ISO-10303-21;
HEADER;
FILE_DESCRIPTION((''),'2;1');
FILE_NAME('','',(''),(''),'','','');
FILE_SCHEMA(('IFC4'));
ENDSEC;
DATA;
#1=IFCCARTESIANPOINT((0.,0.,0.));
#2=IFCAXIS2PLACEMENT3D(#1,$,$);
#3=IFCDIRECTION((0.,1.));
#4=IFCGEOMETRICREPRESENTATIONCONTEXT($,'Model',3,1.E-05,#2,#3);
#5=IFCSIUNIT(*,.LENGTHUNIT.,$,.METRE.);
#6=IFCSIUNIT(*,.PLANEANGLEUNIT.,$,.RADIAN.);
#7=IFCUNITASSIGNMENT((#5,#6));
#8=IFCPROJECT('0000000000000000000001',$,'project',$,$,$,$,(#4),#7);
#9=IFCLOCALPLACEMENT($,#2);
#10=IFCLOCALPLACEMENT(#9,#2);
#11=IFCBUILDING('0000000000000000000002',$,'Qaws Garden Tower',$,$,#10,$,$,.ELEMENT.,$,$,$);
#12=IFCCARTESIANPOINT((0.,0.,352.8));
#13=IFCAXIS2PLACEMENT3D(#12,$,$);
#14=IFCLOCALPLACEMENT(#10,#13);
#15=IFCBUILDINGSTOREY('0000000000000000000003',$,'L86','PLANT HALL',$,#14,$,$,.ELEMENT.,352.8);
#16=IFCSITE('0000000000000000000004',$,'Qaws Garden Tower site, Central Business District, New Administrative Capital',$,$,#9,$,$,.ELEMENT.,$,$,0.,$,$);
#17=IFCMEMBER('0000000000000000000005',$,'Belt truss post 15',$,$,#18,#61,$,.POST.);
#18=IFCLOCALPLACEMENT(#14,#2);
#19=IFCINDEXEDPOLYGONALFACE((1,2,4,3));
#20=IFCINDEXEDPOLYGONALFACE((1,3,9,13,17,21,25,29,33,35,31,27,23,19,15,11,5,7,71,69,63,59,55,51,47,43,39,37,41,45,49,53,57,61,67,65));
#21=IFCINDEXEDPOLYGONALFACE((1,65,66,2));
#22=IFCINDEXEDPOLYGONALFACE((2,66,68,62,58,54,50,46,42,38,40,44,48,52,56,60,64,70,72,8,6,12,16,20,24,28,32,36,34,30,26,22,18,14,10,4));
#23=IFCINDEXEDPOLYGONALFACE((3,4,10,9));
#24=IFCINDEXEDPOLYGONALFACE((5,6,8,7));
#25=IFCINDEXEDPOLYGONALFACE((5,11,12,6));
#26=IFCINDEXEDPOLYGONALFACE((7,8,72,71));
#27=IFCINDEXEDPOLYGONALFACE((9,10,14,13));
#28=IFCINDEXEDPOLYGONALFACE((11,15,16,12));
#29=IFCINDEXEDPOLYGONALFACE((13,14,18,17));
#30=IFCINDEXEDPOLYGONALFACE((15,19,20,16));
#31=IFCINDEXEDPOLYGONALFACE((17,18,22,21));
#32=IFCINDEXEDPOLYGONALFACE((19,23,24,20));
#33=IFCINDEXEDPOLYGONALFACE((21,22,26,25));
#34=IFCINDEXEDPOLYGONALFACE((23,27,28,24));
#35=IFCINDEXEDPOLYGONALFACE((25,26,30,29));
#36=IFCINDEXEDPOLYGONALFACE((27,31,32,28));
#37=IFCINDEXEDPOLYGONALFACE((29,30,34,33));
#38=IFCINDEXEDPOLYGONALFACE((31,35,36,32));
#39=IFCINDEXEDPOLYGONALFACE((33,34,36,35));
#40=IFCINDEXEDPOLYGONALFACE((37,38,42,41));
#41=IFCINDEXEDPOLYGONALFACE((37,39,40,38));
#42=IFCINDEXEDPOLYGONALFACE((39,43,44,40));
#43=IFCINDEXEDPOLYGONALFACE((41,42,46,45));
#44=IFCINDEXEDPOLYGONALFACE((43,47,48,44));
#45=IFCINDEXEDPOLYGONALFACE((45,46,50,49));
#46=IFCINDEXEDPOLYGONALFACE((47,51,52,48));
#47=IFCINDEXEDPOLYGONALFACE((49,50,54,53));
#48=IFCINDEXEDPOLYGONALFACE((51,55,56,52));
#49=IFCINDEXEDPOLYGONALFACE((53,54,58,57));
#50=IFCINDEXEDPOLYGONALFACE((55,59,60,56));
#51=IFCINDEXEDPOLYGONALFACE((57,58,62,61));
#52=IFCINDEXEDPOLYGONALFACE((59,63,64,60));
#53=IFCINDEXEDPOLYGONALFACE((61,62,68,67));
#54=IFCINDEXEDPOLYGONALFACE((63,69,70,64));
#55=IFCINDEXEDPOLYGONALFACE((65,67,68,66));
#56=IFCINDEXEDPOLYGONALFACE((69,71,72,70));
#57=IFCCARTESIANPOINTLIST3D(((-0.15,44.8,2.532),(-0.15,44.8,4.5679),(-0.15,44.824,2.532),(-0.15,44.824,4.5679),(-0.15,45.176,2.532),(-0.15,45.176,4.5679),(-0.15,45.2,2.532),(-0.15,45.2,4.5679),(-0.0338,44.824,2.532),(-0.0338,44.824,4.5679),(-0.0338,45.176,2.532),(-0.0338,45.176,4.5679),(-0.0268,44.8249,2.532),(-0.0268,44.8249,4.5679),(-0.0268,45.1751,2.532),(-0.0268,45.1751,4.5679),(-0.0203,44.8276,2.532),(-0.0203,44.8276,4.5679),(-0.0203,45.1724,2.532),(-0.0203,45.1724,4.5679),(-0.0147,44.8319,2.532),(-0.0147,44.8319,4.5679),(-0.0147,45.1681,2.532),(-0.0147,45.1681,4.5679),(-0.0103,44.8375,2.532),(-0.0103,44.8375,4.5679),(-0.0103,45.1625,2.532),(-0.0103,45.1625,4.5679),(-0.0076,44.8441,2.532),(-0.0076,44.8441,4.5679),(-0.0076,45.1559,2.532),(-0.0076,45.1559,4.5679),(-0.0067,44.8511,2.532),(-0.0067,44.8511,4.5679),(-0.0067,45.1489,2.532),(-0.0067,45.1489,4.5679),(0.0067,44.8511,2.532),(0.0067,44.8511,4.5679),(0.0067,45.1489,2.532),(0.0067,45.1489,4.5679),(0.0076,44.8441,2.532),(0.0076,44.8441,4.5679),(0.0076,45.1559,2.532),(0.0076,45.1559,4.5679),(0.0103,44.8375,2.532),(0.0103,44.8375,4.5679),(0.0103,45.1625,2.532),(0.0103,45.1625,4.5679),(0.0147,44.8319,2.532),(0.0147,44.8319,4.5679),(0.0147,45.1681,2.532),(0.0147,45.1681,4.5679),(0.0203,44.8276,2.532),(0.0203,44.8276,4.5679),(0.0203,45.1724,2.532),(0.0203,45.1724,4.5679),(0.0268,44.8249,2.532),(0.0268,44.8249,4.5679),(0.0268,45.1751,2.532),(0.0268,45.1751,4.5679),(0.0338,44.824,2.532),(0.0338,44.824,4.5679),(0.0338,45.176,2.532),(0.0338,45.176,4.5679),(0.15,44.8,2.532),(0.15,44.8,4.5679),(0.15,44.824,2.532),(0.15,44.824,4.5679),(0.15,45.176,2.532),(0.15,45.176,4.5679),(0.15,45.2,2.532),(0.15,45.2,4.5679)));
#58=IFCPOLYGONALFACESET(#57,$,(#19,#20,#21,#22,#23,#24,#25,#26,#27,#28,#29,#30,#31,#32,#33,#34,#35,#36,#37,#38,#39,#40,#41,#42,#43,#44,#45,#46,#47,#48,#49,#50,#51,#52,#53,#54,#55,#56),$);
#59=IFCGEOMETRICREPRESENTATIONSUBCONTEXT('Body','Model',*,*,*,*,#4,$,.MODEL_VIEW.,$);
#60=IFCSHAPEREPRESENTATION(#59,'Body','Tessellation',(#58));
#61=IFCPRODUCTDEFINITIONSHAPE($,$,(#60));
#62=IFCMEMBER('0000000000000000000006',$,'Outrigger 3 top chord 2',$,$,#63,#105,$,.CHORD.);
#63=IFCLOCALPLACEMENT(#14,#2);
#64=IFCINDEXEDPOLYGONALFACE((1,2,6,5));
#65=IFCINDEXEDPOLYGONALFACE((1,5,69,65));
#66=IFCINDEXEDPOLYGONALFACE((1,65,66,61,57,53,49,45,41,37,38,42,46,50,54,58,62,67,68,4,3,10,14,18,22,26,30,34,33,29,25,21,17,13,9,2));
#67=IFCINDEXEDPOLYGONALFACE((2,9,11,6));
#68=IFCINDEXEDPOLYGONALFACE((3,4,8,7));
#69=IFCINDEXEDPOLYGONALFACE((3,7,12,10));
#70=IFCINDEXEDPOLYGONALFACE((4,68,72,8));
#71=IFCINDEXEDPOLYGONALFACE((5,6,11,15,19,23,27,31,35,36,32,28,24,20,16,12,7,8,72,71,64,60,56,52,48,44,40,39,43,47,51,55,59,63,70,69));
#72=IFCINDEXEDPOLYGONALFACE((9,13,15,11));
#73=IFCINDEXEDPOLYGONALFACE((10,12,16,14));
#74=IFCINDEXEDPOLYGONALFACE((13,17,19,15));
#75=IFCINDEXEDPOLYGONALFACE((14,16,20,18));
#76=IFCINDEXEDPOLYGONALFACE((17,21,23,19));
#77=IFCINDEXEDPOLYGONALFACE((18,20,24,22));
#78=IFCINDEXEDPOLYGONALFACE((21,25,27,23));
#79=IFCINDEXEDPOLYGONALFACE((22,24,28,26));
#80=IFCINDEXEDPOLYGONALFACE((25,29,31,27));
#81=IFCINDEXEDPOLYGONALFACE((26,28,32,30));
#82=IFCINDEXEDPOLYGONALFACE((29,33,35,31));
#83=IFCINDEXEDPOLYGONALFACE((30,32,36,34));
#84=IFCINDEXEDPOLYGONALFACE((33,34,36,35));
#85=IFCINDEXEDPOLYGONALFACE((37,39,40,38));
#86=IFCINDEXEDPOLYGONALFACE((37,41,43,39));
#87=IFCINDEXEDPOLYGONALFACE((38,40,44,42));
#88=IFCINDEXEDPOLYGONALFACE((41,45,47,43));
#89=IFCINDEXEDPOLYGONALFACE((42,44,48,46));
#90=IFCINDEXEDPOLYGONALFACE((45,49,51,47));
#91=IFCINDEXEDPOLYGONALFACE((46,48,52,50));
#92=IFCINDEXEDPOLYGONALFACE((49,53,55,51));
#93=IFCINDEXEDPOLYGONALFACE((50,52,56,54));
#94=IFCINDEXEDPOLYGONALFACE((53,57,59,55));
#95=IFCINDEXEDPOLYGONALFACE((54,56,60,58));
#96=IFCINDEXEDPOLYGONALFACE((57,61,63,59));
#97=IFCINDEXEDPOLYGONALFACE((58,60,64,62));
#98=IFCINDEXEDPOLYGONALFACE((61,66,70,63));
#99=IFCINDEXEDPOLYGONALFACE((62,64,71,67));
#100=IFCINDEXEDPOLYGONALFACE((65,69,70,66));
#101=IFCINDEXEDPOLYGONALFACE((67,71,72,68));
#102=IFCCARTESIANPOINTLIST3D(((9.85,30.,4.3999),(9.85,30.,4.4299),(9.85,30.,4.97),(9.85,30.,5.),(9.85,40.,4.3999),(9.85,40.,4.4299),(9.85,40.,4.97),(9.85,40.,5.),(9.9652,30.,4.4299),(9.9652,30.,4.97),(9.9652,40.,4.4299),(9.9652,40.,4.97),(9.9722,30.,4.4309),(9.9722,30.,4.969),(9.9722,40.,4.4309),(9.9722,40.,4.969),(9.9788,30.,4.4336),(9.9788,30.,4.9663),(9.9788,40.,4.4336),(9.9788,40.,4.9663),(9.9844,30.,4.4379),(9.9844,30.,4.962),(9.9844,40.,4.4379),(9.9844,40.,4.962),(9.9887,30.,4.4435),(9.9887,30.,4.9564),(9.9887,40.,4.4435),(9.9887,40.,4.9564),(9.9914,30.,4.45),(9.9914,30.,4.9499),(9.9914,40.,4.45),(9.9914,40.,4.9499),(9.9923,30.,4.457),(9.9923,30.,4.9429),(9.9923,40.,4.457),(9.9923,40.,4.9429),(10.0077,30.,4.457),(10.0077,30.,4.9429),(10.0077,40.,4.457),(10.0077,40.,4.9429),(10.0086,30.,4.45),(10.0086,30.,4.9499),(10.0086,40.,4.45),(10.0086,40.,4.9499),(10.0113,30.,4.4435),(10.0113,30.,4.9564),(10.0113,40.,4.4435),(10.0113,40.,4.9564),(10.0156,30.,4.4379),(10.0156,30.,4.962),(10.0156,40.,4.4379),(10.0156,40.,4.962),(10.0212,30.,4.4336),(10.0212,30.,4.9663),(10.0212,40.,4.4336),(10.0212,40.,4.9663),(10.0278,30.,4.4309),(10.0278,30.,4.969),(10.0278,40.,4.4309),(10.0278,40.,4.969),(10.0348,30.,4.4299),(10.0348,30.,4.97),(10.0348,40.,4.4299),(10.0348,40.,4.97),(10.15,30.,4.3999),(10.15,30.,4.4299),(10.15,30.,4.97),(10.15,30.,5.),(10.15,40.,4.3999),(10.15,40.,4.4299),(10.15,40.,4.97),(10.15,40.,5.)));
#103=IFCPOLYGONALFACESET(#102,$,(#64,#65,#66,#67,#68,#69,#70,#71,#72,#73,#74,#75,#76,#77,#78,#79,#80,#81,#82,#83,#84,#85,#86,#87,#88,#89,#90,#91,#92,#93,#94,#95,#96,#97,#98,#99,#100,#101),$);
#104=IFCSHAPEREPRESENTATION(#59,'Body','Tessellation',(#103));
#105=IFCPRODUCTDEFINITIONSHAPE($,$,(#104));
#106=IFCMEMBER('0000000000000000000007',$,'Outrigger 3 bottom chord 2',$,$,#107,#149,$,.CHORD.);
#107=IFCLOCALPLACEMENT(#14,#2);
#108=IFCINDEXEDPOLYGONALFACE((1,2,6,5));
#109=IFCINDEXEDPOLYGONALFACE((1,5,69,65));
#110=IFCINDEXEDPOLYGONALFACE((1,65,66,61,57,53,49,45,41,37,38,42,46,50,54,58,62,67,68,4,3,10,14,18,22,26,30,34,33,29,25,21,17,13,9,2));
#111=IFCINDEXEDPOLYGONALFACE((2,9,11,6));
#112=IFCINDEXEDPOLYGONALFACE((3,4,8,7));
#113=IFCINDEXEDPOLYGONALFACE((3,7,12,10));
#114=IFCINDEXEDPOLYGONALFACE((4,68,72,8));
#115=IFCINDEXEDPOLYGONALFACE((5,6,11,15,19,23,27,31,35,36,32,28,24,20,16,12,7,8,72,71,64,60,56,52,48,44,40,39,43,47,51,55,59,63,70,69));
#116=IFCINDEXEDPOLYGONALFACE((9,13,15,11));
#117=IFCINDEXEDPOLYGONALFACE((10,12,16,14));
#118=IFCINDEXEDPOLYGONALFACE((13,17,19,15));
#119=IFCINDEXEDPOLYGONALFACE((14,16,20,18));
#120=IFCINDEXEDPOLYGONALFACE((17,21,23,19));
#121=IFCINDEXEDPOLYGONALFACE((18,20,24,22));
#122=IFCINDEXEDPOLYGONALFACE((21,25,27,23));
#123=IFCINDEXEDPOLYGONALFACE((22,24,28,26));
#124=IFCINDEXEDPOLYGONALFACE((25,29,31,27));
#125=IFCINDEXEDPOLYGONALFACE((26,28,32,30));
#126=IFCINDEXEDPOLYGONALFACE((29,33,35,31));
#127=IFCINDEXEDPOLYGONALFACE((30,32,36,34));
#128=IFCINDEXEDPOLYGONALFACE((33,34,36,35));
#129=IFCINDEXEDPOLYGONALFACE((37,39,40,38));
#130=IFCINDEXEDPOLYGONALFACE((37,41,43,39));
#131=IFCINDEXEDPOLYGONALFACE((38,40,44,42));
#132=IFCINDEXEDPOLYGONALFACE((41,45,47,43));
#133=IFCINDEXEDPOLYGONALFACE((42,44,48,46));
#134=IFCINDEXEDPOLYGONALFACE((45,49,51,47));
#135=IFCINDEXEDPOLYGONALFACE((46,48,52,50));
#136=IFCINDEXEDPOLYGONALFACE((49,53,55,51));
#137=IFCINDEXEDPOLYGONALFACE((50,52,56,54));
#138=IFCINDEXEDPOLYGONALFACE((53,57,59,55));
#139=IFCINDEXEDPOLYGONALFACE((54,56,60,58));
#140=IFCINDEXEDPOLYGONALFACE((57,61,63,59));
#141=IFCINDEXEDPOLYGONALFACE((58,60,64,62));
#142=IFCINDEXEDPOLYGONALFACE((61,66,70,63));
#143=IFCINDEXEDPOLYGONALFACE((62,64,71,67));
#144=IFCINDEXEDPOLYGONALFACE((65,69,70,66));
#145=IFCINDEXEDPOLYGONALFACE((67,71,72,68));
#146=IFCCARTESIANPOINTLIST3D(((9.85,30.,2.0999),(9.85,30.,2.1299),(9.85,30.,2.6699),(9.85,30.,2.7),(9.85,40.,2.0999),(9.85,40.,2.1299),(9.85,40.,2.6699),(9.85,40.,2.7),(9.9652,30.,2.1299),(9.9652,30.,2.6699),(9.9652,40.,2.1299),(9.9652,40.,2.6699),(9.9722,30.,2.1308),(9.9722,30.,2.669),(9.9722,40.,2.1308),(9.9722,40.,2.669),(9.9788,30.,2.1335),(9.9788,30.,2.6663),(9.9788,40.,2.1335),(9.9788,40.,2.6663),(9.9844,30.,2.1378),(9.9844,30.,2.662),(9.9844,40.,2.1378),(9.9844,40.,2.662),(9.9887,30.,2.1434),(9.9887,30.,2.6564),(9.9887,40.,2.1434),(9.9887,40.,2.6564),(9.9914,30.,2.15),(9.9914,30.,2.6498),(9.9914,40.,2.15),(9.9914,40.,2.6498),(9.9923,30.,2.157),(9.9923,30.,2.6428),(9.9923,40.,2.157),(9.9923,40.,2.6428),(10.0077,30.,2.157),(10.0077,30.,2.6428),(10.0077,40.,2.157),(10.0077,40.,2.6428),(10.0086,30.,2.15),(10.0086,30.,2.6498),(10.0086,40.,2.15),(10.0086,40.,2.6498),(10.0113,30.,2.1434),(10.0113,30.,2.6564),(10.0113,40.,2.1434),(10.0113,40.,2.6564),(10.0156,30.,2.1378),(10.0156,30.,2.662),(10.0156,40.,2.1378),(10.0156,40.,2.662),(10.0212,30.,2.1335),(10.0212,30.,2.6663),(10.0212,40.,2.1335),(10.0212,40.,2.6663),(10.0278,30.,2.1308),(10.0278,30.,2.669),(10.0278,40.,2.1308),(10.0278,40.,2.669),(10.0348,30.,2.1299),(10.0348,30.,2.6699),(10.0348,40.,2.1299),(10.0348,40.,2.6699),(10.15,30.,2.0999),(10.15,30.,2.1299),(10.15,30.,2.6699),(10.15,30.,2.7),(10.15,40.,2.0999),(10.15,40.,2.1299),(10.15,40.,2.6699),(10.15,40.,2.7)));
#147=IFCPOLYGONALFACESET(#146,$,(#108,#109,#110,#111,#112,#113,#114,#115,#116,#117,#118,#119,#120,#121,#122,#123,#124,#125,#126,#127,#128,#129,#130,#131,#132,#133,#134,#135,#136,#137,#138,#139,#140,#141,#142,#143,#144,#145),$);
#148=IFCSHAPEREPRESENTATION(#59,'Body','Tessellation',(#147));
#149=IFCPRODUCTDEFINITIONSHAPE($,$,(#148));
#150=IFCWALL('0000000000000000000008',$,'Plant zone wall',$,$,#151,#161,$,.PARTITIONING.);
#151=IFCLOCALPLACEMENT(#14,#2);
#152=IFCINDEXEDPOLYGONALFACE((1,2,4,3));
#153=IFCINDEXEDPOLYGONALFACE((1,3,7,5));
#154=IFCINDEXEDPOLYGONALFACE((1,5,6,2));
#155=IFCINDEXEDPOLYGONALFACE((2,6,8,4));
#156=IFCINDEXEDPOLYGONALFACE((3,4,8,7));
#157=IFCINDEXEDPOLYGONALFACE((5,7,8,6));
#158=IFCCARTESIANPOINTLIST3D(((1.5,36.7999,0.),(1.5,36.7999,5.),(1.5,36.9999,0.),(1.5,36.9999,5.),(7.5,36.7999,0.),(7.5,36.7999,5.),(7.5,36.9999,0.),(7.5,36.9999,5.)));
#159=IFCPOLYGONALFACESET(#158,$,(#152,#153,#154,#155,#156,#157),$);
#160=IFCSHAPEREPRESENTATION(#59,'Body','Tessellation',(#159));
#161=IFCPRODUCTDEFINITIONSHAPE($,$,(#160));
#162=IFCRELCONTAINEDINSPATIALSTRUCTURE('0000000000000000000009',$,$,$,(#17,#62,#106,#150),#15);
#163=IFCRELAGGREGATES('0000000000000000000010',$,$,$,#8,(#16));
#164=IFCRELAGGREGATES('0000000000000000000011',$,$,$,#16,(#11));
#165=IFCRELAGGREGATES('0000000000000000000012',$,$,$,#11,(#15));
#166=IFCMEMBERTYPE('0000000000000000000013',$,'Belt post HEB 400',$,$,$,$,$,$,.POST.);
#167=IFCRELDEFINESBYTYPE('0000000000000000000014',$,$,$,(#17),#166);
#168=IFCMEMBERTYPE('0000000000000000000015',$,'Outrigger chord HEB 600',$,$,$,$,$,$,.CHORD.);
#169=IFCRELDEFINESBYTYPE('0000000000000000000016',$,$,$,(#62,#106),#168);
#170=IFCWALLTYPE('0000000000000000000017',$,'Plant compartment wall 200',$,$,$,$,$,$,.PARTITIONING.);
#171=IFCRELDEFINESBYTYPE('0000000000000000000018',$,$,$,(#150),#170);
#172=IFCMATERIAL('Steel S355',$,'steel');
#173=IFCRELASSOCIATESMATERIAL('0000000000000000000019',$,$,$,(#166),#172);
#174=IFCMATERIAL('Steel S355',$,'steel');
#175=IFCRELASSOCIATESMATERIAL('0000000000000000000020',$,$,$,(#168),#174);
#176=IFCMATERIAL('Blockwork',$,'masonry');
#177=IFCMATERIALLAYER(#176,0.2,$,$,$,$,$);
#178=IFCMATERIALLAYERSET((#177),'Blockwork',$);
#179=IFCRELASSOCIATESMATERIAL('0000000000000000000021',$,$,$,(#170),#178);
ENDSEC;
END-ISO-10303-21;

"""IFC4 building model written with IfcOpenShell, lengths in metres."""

from ifc_helpers import new_model, si_unit, direction, frame, frame_2d, origin, origin_2d, place, context, subcontext, project, spatial, rectangle, i_section, extrude, material, layer, layer_set, material_profile, profile_set, type_object, element, save


model = new_model("IFC4")

# Units and contexts
model_context = context("Model", 3, precision=1e-05, world=origin(), true_north=direction((0.0, 1.0)))
body_context = subcontext(model_context, "Body", "Model", "MODEL_VIEW")
ifc_project = project(units=[si_unit("LENGTHUNIT", "METRE"), si_unit("PLANEANGLEUNIT", "RADIAN")], contexts=[model_context])

# Site, building, storey
site_placement = place(None, origin())
site = spatial("IfcSite", under=ifc_project, at=site_placement, Name="Qaws Garden Tower site, Central Business District, New Administrative Capital", CompositionType="ELEMENT", RefElevation=0.0)
building_placement = place(site_placement, origin())
building = spatial("IfcBuilding", under=site, at=building_placement, Name="Qaws Garden Tower", CompositionType="ELEMENT")
storey_placement = place(building_placement, frame((0.0, 0.0, 352.8)))
storey = spatial("IfcBuildingStorey", under=building, at=storey_placement, Name="L86", Description="PLANT HALL", CompositionType="ELEMENT", Elevation=352.8)

# Members
ifc_material_1 = material(Name="Steel S355", Category="steel")
ifc_material_profile_1 = material_profile(ifc_material_1, i_section(OverallWidth=0.3, OverallDepth=0.3999, WebThickness=0.0134, FlangeThickness=0.0239, FilletRadius=0.0271, at=origin_2d()), Name="HEB 400")
ifc_profile_set_1 = profile_set([ifc_material_profile_1], Name="Steel S355")
member_type_1 = type_object("IfcMemberType", Name="Belt post HEB 400", PredefinedType="POST", material=ifc_profile_set_1)
member_placement = place(storey_placement, frame((0.0, 45.0, 2.532), z_axis=(0.0, 0.0, 1.0), x_axis=(1.0, 0.0, 0.0)))
element("IfcMember", 1, at=member_placement, inside=storey, type_object=member_type_1, Name="Belt truss post 15", PredefinedType="POST", context=body_context, shape_type="SweptSolid", body=[
    extrude(i_section(OverallWidth=0.3, OverallDepth=0.3999, WebThickness=0.0134, FlangeThickness=0.0239, FilletRadius=0.0271, at=origin_2d()), origin(), (0.0, 0.0, 1.0), 2.0359),
])
ifc_material_2 = material(Name="Steel S355", Category="steel")
ifc_material_profile_2 = material_profile(ifc_material_2, i_section(OverallWidth=0.3, OverallDepth=0.6001, WebThickness=0.0154, FlangeThickness=0.03, FilletRadius=0.0271, at=origin_2d()), Name="HEB 600")
ifc_profile_set_2 = profile_set([ifc_material_profile_2], Name="Steel S355")
member_type_2 = type_object("IfcMemberType", Name="Outrigger chord HEB 600", PredefinedType="CHORD", material=ifc_profile_set_2)
for number, where, z_axis, x_axis, name in (
    (2, (10.0, 30.0, 4.7), (0.0, 1.0, 0.0), (-1.0, 0.0, 0.0), "Outrigger 3 top chord 2"),
    (3, (10.0, 30.0, 2.3999), (0.0, 1.0, 0.0), (-1.0, 0.0, 0.0), "Outrigger 3 bottom chord 2"),
):
    element("IfcMember", number, at=place(storey_placement, frame(where, z_axis=z_axis, x_axis=x_axis)), inside=storey, type_object=member_type_2, Name=name, PredefinedType="CHORD", context=body_context, shape_type="SweptSolid", body=[
        extrude(i_section(OverallWidth=0.3, OverallDepth=0.6001, WebThickness=0.0154, FlangeThickness=0.03, FilletRadius=0.0271, at=origin_2d()), origin(), (0.0, 0.0, 1.0), 10.0),
    ])

# Wall
ifc_material_3 = material(Name="Blockwork", Category="masonry")
ifc_layer = layer(ifc_material_3, 0.2)
ifc_layer_set = layer_set([ifc_layer], Name="Blockwork")
wall_type = type_object("IfcWallType", Name="Plant compartment wall 200", PredefinedType="PARTITIONING", material=ifc_layer_set)
wall_1_placement = place(storey_placement, frame((1.5, 36.8999, 0.0), z_axis=(0.0, 0.0, 1.0), x_axis=(1.0, 0.0, 0.0)))
element("IfcWall", 4, at=wall_1_placement, inside=storey, type_object=wall_type, Name="Plant zone wall", PredefinedType="PARTITIONING", context=body_context, shape_type="SweptSolid", body=[
    extrude(rectangle(XDim=6.0, YDim=0.2, at=frame_2d((3.0, 0.0))), origin(), (0.0, 0.0, 1.0), 5.0),
])

save(model, "model.ifc")
